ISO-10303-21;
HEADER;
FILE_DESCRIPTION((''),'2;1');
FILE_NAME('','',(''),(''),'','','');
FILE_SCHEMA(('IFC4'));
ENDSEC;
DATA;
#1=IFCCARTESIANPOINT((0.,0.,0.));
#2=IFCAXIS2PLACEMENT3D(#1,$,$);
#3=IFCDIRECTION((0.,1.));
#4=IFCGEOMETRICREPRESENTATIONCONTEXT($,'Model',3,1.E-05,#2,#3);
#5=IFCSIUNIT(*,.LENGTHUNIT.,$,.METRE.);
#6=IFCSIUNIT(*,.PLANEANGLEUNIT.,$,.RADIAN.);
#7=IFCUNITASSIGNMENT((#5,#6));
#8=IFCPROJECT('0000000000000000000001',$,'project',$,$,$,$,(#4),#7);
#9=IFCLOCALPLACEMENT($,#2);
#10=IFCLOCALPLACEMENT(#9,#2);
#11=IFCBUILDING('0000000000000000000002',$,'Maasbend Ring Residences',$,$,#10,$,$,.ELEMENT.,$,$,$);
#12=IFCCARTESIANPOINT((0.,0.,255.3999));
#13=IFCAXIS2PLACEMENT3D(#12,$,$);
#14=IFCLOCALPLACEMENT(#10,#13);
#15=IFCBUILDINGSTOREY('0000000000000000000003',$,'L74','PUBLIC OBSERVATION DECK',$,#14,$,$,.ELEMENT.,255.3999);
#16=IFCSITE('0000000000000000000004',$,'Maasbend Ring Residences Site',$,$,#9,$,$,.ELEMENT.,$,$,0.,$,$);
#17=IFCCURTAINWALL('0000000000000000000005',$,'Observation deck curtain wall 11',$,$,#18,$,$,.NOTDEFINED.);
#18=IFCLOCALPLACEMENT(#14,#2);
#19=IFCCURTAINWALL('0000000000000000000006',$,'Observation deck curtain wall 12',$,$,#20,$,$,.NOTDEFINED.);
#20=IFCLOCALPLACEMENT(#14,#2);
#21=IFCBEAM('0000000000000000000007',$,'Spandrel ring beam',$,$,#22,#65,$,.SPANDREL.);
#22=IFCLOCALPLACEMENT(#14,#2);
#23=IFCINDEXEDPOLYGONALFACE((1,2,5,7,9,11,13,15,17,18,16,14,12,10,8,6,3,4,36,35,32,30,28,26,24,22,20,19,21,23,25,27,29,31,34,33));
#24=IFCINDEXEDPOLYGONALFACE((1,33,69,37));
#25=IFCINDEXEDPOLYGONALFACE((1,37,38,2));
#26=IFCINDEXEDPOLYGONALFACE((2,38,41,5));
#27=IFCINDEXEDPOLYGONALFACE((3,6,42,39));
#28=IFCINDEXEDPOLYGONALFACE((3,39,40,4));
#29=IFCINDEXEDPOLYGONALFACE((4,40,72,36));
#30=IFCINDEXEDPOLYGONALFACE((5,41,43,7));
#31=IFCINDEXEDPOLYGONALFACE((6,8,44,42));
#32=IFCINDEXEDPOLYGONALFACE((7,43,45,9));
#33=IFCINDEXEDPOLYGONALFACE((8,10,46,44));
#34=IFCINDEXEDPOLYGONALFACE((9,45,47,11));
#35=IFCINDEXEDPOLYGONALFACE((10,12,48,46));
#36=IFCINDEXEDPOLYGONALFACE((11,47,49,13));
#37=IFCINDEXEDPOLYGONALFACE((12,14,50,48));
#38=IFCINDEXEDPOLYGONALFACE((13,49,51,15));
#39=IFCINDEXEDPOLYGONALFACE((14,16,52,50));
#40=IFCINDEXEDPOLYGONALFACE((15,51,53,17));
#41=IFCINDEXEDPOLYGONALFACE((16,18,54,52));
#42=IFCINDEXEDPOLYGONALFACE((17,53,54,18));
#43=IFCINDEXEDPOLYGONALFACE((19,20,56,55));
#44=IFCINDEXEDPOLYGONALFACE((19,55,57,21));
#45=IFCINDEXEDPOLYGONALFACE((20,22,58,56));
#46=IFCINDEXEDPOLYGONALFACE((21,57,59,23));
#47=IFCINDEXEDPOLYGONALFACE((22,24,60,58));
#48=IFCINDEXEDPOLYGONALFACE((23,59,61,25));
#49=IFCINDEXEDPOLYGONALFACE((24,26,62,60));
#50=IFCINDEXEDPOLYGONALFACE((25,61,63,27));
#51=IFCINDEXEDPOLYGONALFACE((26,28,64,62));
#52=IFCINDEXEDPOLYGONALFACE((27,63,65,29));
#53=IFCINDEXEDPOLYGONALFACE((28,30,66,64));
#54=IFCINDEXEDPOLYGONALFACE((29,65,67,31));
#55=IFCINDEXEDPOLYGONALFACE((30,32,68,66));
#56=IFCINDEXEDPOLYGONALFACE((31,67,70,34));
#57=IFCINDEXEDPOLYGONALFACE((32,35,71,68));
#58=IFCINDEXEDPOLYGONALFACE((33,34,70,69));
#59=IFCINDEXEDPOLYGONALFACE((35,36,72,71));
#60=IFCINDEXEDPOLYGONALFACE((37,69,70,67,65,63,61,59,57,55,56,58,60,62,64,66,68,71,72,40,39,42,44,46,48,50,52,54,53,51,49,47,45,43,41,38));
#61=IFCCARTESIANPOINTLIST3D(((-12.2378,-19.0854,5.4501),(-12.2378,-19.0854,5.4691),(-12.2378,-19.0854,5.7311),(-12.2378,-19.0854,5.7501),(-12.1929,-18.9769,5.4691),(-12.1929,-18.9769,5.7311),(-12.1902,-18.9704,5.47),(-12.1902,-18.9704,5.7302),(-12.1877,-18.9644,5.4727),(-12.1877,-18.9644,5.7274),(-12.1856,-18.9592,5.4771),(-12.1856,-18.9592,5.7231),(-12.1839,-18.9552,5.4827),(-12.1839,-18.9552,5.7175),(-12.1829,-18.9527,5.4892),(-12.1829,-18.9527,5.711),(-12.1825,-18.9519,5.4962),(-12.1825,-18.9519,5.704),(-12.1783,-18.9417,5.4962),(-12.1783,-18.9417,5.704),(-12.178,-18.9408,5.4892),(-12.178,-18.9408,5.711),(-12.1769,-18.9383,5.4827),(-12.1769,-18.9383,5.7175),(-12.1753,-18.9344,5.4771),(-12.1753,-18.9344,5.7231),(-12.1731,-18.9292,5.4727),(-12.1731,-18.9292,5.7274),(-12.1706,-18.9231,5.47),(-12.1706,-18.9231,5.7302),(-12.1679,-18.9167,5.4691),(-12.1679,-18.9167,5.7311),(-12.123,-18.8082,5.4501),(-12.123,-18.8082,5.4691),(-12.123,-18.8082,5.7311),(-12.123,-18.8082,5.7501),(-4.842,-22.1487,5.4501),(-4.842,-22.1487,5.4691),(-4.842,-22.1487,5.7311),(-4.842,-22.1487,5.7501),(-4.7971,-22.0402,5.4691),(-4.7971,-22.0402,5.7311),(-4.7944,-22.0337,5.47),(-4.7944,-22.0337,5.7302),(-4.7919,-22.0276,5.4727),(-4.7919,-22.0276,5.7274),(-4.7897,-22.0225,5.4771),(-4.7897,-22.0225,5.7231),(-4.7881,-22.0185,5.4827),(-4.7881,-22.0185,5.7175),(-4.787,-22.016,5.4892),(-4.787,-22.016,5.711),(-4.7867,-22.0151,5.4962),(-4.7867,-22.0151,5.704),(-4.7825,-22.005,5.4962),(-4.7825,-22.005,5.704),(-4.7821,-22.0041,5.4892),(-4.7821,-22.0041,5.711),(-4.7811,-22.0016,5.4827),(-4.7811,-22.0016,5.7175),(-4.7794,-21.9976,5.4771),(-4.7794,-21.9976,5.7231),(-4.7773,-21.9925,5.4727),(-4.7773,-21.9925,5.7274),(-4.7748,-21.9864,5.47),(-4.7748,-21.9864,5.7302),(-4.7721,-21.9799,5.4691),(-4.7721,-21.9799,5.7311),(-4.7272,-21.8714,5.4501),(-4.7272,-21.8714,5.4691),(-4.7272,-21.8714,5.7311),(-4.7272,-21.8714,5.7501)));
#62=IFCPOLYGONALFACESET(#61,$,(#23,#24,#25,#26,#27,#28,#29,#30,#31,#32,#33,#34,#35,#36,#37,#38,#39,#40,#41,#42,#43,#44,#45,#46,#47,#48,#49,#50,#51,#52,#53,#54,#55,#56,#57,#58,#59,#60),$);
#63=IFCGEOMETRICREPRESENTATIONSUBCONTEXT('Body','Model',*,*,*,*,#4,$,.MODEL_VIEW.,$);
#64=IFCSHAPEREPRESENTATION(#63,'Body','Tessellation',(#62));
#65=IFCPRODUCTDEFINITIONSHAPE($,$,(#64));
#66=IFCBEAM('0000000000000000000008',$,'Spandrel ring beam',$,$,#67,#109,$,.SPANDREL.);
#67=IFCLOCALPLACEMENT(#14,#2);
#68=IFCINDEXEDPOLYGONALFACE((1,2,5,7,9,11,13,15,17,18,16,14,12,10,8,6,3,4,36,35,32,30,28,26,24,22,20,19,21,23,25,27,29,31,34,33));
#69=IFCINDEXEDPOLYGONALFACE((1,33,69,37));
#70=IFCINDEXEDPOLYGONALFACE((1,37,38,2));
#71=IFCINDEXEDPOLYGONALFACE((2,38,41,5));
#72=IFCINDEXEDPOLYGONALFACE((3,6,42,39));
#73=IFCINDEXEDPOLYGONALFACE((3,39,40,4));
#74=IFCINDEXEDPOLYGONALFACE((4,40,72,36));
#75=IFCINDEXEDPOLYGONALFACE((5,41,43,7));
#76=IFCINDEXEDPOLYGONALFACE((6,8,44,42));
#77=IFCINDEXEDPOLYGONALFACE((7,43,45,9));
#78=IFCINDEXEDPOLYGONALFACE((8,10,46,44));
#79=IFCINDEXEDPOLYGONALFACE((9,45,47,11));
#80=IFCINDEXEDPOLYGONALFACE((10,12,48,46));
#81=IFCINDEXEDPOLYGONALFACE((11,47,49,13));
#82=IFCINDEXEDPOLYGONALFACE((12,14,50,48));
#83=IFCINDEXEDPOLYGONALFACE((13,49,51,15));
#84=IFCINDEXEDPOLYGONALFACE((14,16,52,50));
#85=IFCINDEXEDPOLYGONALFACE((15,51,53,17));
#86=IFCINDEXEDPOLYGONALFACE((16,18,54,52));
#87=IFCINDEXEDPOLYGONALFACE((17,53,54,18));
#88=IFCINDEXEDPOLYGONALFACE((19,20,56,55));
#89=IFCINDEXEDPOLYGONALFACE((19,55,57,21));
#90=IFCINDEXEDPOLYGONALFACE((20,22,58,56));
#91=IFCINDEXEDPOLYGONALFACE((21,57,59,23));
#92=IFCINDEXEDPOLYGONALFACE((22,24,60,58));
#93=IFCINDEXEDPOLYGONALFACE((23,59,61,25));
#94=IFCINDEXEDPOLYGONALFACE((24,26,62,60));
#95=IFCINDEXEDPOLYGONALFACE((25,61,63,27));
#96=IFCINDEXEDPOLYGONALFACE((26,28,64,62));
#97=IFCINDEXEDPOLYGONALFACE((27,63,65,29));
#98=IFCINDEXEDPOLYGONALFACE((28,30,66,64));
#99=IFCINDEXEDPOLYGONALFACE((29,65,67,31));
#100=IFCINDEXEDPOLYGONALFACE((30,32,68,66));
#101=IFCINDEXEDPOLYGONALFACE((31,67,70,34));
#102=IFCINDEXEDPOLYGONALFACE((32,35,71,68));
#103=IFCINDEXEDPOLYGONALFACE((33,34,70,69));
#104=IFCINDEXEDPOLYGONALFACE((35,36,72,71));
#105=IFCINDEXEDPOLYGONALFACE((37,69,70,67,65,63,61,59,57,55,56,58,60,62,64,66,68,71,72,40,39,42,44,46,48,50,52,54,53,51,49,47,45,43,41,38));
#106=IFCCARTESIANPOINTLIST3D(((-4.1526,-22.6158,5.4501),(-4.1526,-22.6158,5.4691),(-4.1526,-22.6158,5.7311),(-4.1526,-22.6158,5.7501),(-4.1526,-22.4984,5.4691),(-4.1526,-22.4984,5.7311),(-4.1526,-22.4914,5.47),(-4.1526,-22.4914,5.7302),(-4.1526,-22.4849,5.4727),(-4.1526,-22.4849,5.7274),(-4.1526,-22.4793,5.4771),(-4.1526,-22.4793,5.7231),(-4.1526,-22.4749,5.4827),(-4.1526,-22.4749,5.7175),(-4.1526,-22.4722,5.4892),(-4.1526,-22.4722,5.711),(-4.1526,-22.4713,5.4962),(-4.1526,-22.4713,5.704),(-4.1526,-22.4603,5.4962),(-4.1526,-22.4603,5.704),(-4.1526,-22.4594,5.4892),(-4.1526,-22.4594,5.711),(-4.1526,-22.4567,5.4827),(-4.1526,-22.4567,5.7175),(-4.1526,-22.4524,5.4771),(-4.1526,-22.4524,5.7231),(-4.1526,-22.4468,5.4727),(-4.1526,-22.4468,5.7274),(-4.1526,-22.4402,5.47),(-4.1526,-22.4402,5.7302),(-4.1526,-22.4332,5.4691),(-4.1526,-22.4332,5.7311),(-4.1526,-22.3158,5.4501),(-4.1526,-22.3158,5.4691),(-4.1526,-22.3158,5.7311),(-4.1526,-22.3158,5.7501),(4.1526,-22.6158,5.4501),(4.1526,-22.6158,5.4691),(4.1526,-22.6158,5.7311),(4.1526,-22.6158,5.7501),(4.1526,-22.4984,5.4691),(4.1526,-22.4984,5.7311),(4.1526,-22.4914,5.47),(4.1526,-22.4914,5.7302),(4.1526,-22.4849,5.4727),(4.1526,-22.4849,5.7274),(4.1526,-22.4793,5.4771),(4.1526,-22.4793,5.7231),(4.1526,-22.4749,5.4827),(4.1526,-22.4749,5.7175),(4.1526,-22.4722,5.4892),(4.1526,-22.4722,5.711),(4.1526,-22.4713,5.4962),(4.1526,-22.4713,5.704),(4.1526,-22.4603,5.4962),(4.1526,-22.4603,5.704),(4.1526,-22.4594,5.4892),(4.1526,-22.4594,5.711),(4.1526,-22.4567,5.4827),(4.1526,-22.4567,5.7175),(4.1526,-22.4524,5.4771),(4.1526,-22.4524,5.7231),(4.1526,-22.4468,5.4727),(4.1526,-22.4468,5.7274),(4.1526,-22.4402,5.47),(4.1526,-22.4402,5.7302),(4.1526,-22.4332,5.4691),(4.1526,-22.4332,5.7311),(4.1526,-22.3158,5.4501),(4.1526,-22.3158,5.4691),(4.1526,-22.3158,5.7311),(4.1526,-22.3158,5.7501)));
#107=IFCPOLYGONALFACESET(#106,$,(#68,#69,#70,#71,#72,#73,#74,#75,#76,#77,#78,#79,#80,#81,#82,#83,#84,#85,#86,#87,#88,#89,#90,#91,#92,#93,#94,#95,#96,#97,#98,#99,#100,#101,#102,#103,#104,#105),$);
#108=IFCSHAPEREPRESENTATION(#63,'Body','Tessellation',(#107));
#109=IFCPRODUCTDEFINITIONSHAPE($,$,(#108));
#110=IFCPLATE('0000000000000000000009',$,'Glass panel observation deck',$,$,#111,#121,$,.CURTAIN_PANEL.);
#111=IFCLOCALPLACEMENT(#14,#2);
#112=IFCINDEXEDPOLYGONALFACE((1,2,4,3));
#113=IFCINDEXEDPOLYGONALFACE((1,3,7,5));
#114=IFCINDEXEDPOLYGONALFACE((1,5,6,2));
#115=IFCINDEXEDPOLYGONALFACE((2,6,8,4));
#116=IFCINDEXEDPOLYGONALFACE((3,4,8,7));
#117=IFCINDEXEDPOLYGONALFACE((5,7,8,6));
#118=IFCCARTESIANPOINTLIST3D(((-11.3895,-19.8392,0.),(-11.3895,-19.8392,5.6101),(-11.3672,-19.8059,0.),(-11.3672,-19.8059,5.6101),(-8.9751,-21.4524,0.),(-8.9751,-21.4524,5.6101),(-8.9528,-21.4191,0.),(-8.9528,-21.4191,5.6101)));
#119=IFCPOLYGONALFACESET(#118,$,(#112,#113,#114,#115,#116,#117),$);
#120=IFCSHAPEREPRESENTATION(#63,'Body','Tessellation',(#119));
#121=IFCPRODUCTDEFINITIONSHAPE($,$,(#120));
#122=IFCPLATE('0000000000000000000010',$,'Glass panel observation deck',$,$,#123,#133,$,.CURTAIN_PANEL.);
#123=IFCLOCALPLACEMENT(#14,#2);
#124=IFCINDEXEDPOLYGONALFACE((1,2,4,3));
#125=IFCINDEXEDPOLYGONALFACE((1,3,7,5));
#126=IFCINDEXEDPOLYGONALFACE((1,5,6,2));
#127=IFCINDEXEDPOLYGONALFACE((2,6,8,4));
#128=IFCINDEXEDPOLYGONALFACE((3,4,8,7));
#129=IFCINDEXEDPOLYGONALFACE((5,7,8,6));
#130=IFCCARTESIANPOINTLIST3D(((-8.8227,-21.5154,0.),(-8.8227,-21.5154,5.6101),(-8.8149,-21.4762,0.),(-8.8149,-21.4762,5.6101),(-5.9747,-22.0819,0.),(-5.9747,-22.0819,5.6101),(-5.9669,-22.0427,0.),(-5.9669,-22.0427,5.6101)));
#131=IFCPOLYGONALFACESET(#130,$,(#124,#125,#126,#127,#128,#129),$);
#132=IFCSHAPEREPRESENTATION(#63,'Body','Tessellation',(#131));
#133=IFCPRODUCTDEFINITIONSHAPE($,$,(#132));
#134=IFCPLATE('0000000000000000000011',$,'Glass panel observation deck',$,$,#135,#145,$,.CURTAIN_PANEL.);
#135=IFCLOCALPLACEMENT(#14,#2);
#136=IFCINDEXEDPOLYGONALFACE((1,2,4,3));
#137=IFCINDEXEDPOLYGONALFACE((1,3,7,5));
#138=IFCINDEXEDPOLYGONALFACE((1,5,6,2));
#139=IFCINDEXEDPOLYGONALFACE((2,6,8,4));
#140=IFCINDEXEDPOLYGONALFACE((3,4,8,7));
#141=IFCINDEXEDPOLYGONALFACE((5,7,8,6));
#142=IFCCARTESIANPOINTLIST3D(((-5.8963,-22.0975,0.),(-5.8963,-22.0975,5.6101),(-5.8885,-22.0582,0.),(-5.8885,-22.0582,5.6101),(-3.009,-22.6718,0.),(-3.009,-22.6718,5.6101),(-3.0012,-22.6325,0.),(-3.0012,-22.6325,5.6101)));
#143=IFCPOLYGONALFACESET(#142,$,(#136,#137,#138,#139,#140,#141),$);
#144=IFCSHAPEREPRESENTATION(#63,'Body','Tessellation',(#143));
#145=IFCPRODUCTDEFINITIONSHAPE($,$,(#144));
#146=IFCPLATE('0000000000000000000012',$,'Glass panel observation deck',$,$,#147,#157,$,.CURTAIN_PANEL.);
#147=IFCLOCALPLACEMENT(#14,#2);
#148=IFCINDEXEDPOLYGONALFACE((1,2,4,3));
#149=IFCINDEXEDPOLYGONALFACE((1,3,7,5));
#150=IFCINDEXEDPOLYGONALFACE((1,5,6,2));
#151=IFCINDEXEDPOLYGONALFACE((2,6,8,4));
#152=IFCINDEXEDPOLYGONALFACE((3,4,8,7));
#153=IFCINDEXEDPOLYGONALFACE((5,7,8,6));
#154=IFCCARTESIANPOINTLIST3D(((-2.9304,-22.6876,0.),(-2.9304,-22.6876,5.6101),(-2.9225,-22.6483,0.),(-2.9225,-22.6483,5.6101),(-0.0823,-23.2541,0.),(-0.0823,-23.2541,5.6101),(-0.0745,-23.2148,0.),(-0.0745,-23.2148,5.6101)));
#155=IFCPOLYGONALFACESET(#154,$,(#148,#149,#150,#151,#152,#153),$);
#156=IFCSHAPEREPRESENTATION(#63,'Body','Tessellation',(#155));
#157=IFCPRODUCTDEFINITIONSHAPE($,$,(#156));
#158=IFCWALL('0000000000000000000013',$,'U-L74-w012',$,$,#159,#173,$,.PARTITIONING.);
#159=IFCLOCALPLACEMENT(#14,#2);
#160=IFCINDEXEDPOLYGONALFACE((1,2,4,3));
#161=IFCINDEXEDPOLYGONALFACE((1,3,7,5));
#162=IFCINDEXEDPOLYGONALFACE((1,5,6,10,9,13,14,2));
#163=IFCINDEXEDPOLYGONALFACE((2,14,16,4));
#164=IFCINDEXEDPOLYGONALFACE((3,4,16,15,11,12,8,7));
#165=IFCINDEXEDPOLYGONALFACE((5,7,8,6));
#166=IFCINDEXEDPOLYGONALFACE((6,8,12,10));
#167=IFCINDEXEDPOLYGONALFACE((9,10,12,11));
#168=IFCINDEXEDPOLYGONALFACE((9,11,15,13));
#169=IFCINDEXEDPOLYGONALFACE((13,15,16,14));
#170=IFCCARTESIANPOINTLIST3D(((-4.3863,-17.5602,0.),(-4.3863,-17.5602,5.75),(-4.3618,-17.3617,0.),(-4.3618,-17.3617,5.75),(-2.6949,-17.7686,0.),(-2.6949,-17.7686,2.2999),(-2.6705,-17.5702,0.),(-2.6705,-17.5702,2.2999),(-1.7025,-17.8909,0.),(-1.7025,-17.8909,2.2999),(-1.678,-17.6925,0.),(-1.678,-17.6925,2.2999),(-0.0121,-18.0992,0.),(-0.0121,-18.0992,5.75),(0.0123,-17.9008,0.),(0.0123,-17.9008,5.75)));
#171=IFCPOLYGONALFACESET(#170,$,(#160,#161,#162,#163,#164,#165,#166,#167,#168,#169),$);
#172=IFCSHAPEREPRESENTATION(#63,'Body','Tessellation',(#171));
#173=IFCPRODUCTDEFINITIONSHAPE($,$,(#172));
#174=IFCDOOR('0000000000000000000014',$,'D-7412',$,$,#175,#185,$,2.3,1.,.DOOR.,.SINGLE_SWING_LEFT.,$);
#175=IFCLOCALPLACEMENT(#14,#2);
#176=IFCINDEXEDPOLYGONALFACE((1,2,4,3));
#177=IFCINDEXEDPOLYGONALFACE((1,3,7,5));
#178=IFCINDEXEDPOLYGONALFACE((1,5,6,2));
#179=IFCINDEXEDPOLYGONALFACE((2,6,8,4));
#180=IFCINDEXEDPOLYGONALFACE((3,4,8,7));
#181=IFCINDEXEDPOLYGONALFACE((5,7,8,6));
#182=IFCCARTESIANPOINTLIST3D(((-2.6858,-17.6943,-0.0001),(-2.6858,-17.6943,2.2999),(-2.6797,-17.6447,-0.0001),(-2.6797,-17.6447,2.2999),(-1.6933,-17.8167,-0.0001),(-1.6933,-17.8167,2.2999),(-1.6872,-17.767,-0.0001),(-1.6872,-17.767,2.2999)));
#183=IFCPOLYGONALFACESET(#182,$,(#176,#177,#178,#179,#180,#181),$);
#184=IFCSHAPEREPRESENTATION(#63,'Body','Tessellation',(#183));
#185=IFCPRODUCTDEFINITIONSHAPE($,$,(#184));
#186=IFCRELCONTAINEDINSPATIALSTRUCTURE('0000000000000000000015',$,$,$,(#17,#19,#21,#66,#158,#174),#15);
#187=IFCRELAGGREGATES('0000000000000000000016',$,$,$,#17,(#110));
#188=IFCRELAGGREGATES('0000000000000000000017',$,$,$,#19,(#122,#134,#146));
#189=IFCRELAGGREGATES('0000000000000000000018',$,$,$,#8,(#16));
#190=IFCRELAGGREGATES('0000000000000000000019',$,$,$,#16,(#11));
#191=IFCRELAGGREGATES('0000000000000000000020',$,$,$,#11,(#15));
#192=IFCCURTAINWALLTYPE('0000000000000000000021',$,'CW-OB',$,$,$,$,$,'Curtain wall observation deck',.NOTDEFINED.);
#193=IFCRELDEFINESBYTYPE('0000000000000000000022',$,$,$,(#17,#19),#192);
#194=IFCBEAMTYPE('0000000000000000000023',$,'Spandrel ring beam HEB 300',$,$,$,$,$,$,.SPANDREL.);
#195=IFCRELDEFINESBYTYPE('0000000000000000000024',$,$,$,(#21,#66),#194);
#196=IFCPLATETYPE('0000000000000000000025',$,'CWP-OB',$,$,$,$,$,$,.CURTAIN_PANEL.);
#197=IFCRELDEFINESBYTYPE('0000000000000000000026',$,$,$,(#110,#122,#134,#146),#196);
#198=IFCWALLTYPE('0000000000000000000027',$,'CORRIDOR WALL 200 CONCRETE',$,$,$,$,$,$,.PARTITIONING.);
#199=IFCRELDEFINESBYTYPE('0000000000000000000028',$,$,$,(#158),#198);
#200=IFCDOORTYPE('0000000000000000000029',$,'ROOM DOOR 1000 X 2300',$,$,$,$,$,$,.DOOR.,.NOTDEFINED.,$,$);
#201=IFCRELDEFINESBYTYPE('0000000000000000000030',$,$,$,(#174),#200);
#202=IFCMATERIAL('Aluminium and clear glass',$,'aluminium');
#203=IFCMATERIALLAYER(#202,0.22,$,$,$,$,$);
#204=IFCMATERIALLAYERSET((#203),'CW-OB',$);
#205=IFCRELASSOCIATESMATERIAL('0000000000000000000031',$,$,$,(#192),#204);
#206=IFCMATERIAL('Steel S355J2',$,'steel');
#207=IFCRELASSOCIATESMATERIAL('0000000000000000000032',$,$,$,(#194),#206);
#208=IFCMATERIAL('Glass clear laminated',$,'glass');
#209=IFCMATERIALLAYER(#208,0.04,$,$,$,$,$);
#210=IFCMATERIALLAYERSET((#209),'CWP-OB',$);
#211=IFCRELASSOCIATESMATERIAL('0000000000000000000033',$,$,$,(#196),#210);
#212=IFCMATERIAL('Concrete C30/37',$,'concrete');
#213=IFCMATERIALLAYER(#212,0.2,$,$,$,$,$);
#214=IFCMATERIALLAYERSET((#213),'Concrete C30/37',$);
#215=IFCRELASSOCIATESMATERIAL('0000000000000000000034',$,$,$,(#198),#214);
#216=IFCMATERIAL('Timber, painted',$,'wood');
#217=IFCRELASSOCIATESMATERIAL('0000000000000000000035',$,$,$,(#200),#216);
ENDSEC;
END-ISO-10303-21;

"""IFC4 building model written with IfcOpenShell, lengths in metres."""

from ifc_helpers import new_model, si_unit, direction, frame, frame_2d, origin, origin_2d, place, context, subcontext, project, spatial, rectangle, i_section, extrude, material, layer, layer_set, material_profile, profile_set, type_object, element, fill, aggregate, save


model = new_model("IFC4")

# Units and contexts
model_context = context("Model", 3, precision=1e-05, world=origin(), true_north=direction((0.0, 1.0)))
body_context = subcontext(model_context, "Body", "Model", "MODEL_VIEW")
ifc_project = project(units=[si_unit("LENGTHUNIT", "METRE"), si_unit("PLANEANGLEUNIT", "RADIAN")], contexts=[model_context])

# Site, building, storey
site_placement = place(None, origin())
site = spatial("IfcSite", under=ifc_project, at=site_placement, Name="Maasbend Ring Residences Site", CompositionType="ELEMENT", RefElevation=0.0)
building_placement = place(site_placement, origin())
building = spatial("IfcBuilding", under=site, at=building_placement, Name="Maasbend Ring Residences", CompositionType="ELEMENT")
storey_placement = place(building_placement, frame((0.0, 0.0, 255.3999)))
storey = spatial("IfcBuildingStorey", under=building, at=storey_placement, Name="L74", Description="PUBLIC OBSERVATION DECK", CompositionType="ELEMENT", Elevation=255.3999)

# Curtain walls
ifc_material_1 = material(Name="Aluminium and clear glass", Category="aluminium")
ifc_layer_1 = layer(ifc_material_1, 0.22)
ifc_layer_set_1 = layer_set([ifc_layer_1], Name="CW-OB")
curtain_wall_type = type_object("IfcCurtainWallType", Name="CW-OB", ElementType="Curtain wall observation deck", PredefinedType="NOTDEFINED", material=ifc_layer_set_1)
curtain_wall_1_placement = place(storey_placement, origin())
curtain_wall_1 = element("IfcCurtainWall", 1, at=curtain_wall_1_placement, inside=storey, type_object=curtain_wall_type, Name="Observation deck curtain wall 11", PredefinedType="NOTDEFINED")
curtain_wall_2_placement = place(storey_placement, origin())
curtain_wall_2 = element("IfcCurtainWall", 2, at=curtain_wall_2_placement, inside=storey, type_object=curtain_wall_type, Name="Observation deck curtain wall 12", PredefinedType="NOTDEFINED")

# Beams
ifc_material_2 = material(Name="Steel S355J2", Category="steel")
ifc_material_profile_1 = material_profile(ifc_material_2, i_section(OverallWidth=0.3, OverallDepth=0.3, WebThickness=0.011, FlangeThickness=0.019, FilletRadius=0.0271, at=origin_2d()), Name="HEB 300")
ifc_profile_set_1 = profile_set([ifc_material_profile_1], Name="Steel S355J2")
beam_type_1 = type_object("IfcBeamType", Name="Spandrel ring beam HEB 300", PredefinedType="SPANDREL", material=ifc_profile_set_1)
beam_1_placement = place(storey_placement, frame((-12.1804, -18.9468, 5.6001), z_axis=(0.923888, -0.382663, 0.0), x_axis=(0.382663, 0.923888, 0.0)))
element("IfcBeam", 3, at=beam_1_placement, inside=storey, type_object=beam_type_1, Name="Spandrel ring beam", PredefinedType="SPANDREL", context=body_context, shape_type="SweptSolid", body=[
    extrude(i_section(OverallWidth=0.3, OverallDepth=0.3, WebThickness=0.011, FlangeThickness=0.019, FilletRadius=0.0271, at=origin_2d()), origin(), (0.0, 0.0, 1.0), 8.0051),
])
beam_2_placement = place(storey_placement, frame((-4.1526, -22.4658, 5.6001), z_axis=(1.0, 0.0, 0.0), x_axis=(0.0, 1.0, 0.0)))
element("IfcBeam", 4, at=beam_2_placement, inside=storey, type_object=beam_type_1, Name="Spandrel ring beam", PredefinedType="SPANDREL", context=body_context, shape_type="SweptSolid", body=[
    extrude(i_section(OverallWidth=0.3, OverallDepth=0.3, WebThickness=0.011, FlangeThickness=0.019, FilletRadius=0.0271, at=origin_2d()), origin(), (0.0, 0.0, 1.0), 8.3052),
])

# Plates
ifc_material_3 = material(Name="Glass clear laminated", Category="glass")
ifc_layer_2 = layer(ifc_material_3, 0.04)
ifc_layer_set_2 = layer_set([ifc_layer_2], Name="CWP-OB")
plate_type = type_object("IfcPlateType", Name="CWP-OB", PredefinedType="CURTAIN_PANEL", material=ifc_layer_set_2)
plate_1_placement = place(storey_placement, frame((-10.1711, -20.6292, 0.0), z_axis=(0.0, 0.0, 1.0), x_axis=(0.83147, -0.55557, 0.0)))
plate_1 = element("IfcPlate", 5, at=plate_1_placement, type_object=plate_type, Name="Glass panel observation deck", PredefinedType="CURTAIN_PANEL", context=body_context, shape_type="SweptSolid", body=[
    extrude(rectangle(XDim=2.9038, YDim=0.04, at=origin_2d()), origin(), (0.0, 0.0, 1.0), 5.6101),
])
aggregate(curtain_wall_1, [plate_1])
plate_2_placement = place(storey_placement, frame((-7.3948, -21.7791, 0.0), z_axis=(0.0, 0.0, 1.0), x_axis=(0.980785, -0.19509, 0.0)))
plate_2 = element("IfcPlate", 6, at=plate_2_placement, type_object=plate_type, Name="Glass panel observation deck", PredefinedType="CURTAIN_PANEL", context=body_context, shape_type="SweptSolid", body=[
    extrude(rectangle(XDim=2.9038, YDim=0.04, at=origin_2d()), origin(), (0.0, 0.0, 1.0), 5.6101),
])
plate_3_placement = place(storey_placement, frame((-4.4487, -22.365, 0.0), z_axis=(0.0, 0.0, 1.0), x_axis=(0.980785, -0.19509, 0.0)))
plate_3 = element("IfcPlate", 7, at=plate_3_placement, type_object=plate_type, Name="Glass panel observation deck", PredefinedType="CURTAIN_PANEL", context=body_context, shape_type="SweptSolid", body=[
    extrude(rectangle(XDim=2.9438, YDim=0.04, at=origin_2d()), origin(), (0.0, 0.0, 1.0), 5.6101),
])
plate_4_placement = place(storey_placement, frame((-1.5024, -22.9512, 0.0), z_axis=(0.0, 0.0, 1.0), x_axis=(0.980785, -0.19509, 0.0)))
plate_4 = element("IfcPlate", 8, at=plate_4_placement, type_object=plate_type, Name="Glass panel observation deck", PredefinedType="CURTAIN_PANEL", context=body_context, shape_type="SweptSolid", body=[
    extrude(rectangle(XDim=2.9038, YDim=0.04, at=origin_2d()), origin(), (0.0, 0.0, 1.0), 5.6101),
])
aggregate(curtain_wall_2, [plate_2, plate_3, plate_4])

# Wall, opening, door
ifc_material_4 = material(Name="Concrete C30/37", Category="concrete")
ifc_layer_3 = layer(ifc_material_4, 0.2)
ifc_layer_set_3 = layer_set([ifc_layer_3], Name="Concrete C30/37")
wall_type_1 = type_object("IfcWallType", Name="CORRIDOR WALL 200 CONCRETE", PredefinedType="PARTITIONING", material=ifc_layer_set_3)
wall_1_placement = place(storey_placement, frame((-4.374, -17.4609, 0.0), z_axis=(0.0, 0.0, 1.0), x_axis=(0.992491, -0.122316, 0.0)))
wall_1 = element("IfcWall", 9, at=wall_1_placement, inside=storey, type_object=wall_type_1, Name="U-L74-w012", PredefinedType="PARTITIONING", context=body_context, shape_type="SweptSolid", body=[
    extrude(rectangle(XDim=4.4072, YDim=0.2, at=frame_2d((2.2036, 0.0))), origin(), (0.0, 0.0, 1.0), 5.75),
])
opening_1_placement = place(wall_1_placement, frame((1.7041, 0.0, 0.0)))
opening_1 = element("IfcOpeningElement", 10, at=opening_1_placement, cuts=wall_1, PredefinedType="OPENING", context=body_context, shape_type="SweptSolid", body=[
    extrude(rectangle(XDim=1.0, YDim=2.3, at=frame_2d((0.5, 1.1499))), frame((0.0, 0.1099, 0.0), z_axis=(0.0, -1.0, 0.0), x_axis=(1.0, 0.0, 0.0)), (0.0, 0.0, 1.0), 0.22),
])
ifc_material_5 = material(Name="Timber, painted", Category="wood")
door_type_1 = type_object("IfcDoorType", Name="ROOM DOOR 1000 X 2300", OperationType="NOTDEFINED", PredefinedType="DOOR", material=ifc_material_5)
door_1_placement = place(opening_1_placement, origin())
door_1 = element("IfcDoor", 11, at=door_1_placement, inside=storey, type_object=door_type_1, Name="D-7412", OperationType="SINGLE_SWING_LEFT", OverallHeight=2.3, OverallWidth=1.0, PredefinedType="DOOR", context=body_context, shape_type="SweptSolid", body=[
    extrude(rectangle(XDim=1.0, YDim=2.3, at=frame_2d((0.5, 1.1499))), frame((0.0, 0.0249, 0.0), z_axis=(0.0, -1.0, 0.0), x_axis=(1.0, 0.0, 0.0)), (0.0, 0.0, 1.0), 0.05),
])
fill(opening_1, door_1)

save(model, "model.ifc")
